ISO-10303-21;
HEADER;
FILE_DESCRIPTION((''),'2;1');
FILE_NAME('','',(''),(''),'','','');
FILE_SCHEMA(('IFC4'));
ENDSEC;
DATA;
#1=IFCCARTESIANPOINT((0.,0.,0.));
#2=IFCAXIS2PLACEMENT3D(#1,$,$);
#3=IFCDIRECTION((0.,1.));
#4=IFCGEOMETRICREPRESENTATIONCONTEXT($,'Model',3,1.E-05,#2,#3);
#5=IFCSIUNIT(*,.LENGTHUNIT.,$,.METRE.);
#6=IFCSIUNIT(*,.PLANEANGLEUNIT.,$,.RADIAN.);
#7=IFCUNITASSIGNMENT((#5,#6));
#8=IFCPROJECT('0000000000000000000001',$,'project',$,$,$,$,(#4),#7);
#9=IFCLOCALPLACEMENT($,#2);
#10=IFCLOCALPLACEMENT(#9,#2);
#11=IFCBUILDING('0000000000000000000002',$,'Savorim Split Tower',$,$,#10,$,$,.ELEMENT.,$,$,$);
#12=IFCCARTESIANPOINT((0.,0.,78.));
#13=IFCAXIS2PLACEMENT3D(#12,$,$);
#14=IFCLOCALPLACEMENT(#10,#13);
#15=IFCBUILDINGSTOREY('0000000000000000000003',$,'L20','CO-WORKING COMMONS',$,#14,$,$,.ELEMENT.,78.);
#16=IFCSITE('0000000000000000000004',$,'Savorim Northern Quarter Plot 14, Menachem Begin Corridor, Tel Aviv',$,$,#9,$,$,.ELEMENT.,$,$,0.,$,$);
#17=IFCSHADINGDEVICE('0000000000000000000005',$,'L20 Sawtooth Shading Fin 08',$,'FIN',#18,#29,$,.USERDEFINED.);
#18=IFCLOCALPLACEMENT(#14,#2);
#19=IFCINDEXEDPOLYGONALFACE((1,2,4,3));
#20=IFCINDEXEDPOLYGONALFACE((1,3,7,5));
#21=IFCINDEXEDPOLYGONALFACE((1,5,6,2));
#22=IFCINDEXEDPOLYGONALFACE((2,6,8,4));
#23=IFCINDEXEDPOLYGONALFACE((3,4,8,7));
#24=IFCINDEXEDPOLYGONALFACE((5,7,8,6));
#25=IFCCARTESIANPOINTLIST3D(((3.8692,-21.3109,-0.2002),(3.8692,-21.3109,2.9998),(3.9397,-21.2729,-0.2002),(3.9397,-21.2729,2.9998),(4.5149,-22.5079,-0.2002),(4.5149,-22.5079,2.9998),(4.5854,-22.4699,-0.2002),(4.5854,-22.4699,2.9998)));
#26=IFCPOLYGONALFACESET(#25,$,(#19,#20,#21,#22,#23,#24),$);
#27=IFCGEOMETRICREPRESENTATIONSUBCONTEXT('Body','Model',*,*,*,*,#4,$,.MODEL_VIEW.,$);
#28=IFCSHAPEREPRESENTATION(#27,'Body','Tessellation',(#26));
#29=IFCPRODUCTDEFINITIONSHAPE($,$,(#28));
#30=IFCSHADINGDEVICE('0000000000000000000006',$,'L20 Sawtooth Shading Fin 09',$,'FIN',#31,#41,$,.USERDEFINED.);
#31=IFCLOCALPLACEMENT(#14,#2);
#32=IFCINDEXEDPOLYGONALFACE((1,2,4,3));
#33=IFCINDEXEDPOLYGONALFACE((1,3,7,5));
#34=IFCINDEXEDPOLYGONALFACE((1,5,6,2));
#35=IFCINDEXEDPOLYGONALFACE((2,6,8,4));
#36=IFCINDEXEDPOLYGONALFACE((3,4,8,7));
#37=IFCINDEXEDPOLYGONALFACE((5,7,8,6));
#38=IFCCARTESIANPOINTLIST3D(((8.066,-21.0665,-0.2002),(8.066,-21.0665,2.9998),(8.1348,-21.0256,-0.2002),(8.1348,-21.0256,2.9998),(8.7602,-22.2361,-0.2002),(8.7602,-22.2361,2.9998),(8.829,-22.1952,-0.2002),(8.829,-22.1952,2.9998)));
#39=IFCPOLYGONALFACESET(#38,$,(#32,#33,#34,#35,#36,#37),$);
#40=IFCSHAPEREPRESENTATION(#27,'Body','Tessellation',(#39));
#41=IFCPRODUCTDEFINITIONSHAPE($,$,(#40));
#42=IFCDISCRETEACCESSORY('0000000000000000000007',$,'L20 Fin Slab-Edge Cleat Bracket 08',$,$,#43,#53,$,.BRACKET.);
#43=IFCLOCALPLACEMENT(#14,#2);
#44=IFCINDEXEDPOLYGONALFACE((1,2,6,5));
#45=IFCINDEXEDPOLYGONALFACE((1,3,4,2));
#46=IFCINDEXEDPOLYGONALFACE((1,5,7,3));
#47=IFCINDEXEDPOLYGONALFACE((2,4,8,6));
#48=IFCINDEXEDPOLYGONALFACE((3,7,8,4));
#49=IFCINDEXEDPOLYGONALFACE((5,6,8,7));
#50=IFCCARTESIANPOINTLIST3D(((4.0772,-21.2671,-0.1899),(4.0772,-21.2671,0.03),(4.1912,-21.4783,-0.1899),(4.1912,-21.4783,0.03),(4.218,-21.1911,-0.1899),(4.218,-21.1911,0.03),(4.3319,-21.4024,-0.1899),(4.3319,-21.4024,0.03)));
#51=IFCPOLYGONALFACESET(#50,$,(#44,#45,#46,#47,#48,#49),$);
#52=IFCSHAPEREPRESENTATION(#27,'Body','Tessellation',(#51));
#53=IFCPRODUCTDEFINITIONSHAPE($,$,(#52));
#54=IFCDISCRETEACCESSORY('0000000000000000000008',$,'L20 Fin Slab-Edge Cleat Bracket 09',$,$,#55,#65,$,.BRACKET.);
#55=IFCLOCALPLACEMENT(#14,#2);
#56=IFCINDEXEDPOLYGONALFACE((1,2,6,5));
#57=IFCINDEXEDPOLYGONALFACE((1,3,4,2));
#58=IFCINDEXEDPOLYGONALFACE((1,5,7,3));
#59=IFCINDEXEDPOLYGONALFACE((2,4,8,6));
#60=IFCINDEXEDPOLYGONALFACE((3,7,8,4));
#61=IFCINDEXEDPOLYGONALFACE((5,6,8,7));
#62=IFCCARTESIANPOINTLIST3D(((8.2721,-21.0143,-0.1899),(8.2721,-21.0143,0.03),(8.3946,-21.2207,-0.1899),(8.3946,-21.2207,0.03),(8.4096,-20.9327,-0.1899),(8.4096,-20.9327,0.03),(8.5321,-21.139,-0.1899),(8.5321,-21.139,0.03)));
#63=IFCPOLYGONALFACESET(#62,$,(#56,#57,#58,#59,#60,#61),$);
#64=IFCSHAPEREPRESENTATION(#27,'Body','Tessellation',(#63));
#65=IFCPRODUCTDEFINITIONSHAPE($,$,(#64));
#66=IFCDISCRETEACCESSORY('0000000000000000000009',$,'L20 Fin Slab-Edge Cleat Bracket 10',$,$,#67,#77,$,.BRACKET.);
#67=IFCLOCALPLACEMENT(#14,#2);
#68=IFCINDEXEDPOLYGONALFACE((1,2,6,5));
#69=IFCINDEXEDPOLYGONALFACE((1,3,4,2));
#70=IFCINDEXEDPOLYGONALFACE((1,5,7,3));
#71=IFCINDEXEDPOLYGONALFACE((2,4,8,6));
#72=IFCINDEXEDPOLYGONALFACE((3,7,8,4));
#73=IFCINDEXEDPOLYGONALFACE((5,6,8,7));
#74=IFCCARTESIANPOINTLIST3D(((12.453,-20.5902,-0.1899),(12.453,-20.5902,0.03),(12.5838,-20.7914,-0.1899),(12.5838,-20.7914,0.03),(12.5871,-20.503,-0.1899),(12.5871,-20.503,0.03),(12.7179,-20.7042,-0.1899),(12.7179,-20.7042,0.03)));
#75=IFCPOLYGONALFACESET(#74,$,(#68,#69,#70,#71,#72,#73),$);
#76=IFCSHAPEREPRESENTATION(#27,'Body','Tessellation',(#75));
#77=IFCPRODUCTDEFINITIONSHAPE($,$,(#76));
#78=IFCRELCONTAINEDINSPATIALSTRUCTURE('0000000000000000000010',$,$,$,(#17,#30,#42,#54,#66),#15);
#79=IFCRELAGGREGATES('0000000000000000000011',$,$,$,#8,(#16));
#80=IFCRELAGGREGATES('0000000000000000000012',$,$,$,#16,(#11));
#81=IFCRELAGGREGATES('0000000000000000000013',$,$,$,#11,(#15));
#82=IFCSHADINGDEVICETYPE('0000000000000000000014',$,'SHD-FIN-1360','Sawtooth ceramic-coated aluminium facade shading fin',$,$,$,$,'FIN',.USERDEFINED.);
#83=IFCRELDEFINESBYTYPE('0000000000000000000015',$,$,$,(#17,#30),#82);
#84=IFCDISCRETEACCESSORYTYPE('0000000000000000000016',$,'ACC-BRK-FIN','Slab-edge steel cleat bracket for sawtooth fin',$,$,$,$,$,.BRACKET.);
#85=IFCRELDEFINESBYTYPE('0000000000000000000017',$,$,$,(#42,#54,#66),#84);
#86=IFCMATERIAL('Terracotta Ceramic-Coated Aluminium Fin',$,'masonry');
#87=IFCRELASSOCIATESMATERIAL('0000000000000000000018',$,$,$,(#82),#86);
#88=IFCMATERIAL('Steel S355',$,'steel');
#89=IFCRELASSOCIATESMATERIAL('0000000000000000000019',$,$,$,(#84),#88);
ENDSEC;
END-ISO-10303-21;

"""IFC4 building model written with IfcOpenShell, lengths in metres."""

from ifc_helpers import new_model, si_unit, direction, frame, origin, origin_2d, place, context, subcontext, project, spatial, rectangle, extrude, material, type_object, element, save


model = new_model("IFC4")

# Units and contexts
model_context = context("Model", 3, precision=1e-05, world=origin(), true_north=direction((0.0, 1.0)))
body_context = subcontext(model_context, "Body", "Model", "MODEL_VIEW")
ifc_project = project(units=[si_unit("LENGTHUNIT", "METRE"), si_unit("PLANEANGLEUNIT", "RADIAN")], contexts=[model_context])

# Site, building, storey
site_placement = place(None, origin())
site = spatial("IfcSite", under=ifc_project, at=site_placement, Name="Savorim Northern Quarter Plot 14, Menachem Begin Corridor, Tel Aviv", CompositionType="ELEMENT", RefElevation=0.0)
building_placement = place(site_placement, origin())
building = spatial("IfcBuilding", under=site, at=building_placement, Name="Savorim Split Tower", CompositionType="ELEMENT")
storey_placement = place(building_placement, frame((0.0, 0.0, 78.0)))
storey = spatial("IfcBuildingStorey", under=building, at=storey_placement, Name="L20", Description="CO-WORKING COMMONS", CompositionType="ELEMENT", Elevation=78.0)

# Shared definitions
ifc_material_1 = material(Name="Steel S355", Category="steel")

# Shading devices
ifc_material_2 = material(Name="Terracotta Ceramic-Coated Aluminium Fin", Category="masonry")
shading_device_type = type_object("IfcShadingDeviceType", Name="SHD-FIN-1360", Description="Sawtooth ceramic-coated aluminium facade shading fin", ElementType="FIN", PredefinedType="USERDEFINED", material=ifc_material_2)
for number, where, z_axis, x_axis, name in (
    (1, (4.2273, -21.8904, -0.2002), (0.0, 0.0, 1.0), (0.474778, -0.880106, 0.0), "L20 Sawtooth Shading Fin 08"),
    (2, (8.4475, -21.6309, -0.2002), (0.0, 0.0, 1.0), (0.510391, -0.859942, 0.0), "L20 Sawtooth Shading Fin 09"),
):
    element("IfcShadingDevice", number, at=place(storey_placement, frame(where, z_axis=z_axis, x_axis=x_axis)), inside=storey, type_object=shading_device_type, Name=name, ObjectType="FIN", PredefinedType="USERDEFINED", context=body_context, shape_type="SweptSolid", body=[
        extrude(rectangle(XDim=1.3601, YDim=0.0801, at=origin_2d()), origin(), (0.0, 0.0, 1.0), 3.2),
    ])

# Discrete accessories
discrete_accessory_type = type_object("IfcDiscreteAccessoryType", Name="ACC-BRK-FIN", Description="Slab-edge steel cleat bracket for sawtooth fin", PredefinedType="BRACKET", material=ifc_material_1)
for number, where, z_axis, x_axis, name in (
    (3, (4.2046, -21.3347, -0.1899), (0.0, 0.0, 1.0), (0.474778, -0.880106, 0.0), "L20 Fin Slab-Edge Cleat Bracket 08"),
    (4, (8.4021, -21.0767, -0.1899), (0.0, 0.0, 1.0), (0.510391, -0.859942, 0.0), "L20 Fin Slab-Edge Cleat Bracket 09"),
    (5, (12.5854, -20.6472, -0.1899), (0.0, 0.0, 1.0), (0.545148, -0.83834, 0.0), "L20 Fin Slab-Edge Cleat Bracket 10"),
):
    element("IfcDiscreteAccessory", number, at=place(storey_placement, frame(where, z_axis=z_axis, x_axis=x_axis)), inside=storey, type_object=discrete_accessory_type, Name=name, PredefinedType="BRACKET", context=body_context, shape_type="SweptSolid", body=[
        extrude(rectangle(XDim=0.24, YDim=0.1599, at=origin_2d()), origin(), (0.0, 0.0, 1.0), 0.22),
    ])

save(model, "model.ifc")
